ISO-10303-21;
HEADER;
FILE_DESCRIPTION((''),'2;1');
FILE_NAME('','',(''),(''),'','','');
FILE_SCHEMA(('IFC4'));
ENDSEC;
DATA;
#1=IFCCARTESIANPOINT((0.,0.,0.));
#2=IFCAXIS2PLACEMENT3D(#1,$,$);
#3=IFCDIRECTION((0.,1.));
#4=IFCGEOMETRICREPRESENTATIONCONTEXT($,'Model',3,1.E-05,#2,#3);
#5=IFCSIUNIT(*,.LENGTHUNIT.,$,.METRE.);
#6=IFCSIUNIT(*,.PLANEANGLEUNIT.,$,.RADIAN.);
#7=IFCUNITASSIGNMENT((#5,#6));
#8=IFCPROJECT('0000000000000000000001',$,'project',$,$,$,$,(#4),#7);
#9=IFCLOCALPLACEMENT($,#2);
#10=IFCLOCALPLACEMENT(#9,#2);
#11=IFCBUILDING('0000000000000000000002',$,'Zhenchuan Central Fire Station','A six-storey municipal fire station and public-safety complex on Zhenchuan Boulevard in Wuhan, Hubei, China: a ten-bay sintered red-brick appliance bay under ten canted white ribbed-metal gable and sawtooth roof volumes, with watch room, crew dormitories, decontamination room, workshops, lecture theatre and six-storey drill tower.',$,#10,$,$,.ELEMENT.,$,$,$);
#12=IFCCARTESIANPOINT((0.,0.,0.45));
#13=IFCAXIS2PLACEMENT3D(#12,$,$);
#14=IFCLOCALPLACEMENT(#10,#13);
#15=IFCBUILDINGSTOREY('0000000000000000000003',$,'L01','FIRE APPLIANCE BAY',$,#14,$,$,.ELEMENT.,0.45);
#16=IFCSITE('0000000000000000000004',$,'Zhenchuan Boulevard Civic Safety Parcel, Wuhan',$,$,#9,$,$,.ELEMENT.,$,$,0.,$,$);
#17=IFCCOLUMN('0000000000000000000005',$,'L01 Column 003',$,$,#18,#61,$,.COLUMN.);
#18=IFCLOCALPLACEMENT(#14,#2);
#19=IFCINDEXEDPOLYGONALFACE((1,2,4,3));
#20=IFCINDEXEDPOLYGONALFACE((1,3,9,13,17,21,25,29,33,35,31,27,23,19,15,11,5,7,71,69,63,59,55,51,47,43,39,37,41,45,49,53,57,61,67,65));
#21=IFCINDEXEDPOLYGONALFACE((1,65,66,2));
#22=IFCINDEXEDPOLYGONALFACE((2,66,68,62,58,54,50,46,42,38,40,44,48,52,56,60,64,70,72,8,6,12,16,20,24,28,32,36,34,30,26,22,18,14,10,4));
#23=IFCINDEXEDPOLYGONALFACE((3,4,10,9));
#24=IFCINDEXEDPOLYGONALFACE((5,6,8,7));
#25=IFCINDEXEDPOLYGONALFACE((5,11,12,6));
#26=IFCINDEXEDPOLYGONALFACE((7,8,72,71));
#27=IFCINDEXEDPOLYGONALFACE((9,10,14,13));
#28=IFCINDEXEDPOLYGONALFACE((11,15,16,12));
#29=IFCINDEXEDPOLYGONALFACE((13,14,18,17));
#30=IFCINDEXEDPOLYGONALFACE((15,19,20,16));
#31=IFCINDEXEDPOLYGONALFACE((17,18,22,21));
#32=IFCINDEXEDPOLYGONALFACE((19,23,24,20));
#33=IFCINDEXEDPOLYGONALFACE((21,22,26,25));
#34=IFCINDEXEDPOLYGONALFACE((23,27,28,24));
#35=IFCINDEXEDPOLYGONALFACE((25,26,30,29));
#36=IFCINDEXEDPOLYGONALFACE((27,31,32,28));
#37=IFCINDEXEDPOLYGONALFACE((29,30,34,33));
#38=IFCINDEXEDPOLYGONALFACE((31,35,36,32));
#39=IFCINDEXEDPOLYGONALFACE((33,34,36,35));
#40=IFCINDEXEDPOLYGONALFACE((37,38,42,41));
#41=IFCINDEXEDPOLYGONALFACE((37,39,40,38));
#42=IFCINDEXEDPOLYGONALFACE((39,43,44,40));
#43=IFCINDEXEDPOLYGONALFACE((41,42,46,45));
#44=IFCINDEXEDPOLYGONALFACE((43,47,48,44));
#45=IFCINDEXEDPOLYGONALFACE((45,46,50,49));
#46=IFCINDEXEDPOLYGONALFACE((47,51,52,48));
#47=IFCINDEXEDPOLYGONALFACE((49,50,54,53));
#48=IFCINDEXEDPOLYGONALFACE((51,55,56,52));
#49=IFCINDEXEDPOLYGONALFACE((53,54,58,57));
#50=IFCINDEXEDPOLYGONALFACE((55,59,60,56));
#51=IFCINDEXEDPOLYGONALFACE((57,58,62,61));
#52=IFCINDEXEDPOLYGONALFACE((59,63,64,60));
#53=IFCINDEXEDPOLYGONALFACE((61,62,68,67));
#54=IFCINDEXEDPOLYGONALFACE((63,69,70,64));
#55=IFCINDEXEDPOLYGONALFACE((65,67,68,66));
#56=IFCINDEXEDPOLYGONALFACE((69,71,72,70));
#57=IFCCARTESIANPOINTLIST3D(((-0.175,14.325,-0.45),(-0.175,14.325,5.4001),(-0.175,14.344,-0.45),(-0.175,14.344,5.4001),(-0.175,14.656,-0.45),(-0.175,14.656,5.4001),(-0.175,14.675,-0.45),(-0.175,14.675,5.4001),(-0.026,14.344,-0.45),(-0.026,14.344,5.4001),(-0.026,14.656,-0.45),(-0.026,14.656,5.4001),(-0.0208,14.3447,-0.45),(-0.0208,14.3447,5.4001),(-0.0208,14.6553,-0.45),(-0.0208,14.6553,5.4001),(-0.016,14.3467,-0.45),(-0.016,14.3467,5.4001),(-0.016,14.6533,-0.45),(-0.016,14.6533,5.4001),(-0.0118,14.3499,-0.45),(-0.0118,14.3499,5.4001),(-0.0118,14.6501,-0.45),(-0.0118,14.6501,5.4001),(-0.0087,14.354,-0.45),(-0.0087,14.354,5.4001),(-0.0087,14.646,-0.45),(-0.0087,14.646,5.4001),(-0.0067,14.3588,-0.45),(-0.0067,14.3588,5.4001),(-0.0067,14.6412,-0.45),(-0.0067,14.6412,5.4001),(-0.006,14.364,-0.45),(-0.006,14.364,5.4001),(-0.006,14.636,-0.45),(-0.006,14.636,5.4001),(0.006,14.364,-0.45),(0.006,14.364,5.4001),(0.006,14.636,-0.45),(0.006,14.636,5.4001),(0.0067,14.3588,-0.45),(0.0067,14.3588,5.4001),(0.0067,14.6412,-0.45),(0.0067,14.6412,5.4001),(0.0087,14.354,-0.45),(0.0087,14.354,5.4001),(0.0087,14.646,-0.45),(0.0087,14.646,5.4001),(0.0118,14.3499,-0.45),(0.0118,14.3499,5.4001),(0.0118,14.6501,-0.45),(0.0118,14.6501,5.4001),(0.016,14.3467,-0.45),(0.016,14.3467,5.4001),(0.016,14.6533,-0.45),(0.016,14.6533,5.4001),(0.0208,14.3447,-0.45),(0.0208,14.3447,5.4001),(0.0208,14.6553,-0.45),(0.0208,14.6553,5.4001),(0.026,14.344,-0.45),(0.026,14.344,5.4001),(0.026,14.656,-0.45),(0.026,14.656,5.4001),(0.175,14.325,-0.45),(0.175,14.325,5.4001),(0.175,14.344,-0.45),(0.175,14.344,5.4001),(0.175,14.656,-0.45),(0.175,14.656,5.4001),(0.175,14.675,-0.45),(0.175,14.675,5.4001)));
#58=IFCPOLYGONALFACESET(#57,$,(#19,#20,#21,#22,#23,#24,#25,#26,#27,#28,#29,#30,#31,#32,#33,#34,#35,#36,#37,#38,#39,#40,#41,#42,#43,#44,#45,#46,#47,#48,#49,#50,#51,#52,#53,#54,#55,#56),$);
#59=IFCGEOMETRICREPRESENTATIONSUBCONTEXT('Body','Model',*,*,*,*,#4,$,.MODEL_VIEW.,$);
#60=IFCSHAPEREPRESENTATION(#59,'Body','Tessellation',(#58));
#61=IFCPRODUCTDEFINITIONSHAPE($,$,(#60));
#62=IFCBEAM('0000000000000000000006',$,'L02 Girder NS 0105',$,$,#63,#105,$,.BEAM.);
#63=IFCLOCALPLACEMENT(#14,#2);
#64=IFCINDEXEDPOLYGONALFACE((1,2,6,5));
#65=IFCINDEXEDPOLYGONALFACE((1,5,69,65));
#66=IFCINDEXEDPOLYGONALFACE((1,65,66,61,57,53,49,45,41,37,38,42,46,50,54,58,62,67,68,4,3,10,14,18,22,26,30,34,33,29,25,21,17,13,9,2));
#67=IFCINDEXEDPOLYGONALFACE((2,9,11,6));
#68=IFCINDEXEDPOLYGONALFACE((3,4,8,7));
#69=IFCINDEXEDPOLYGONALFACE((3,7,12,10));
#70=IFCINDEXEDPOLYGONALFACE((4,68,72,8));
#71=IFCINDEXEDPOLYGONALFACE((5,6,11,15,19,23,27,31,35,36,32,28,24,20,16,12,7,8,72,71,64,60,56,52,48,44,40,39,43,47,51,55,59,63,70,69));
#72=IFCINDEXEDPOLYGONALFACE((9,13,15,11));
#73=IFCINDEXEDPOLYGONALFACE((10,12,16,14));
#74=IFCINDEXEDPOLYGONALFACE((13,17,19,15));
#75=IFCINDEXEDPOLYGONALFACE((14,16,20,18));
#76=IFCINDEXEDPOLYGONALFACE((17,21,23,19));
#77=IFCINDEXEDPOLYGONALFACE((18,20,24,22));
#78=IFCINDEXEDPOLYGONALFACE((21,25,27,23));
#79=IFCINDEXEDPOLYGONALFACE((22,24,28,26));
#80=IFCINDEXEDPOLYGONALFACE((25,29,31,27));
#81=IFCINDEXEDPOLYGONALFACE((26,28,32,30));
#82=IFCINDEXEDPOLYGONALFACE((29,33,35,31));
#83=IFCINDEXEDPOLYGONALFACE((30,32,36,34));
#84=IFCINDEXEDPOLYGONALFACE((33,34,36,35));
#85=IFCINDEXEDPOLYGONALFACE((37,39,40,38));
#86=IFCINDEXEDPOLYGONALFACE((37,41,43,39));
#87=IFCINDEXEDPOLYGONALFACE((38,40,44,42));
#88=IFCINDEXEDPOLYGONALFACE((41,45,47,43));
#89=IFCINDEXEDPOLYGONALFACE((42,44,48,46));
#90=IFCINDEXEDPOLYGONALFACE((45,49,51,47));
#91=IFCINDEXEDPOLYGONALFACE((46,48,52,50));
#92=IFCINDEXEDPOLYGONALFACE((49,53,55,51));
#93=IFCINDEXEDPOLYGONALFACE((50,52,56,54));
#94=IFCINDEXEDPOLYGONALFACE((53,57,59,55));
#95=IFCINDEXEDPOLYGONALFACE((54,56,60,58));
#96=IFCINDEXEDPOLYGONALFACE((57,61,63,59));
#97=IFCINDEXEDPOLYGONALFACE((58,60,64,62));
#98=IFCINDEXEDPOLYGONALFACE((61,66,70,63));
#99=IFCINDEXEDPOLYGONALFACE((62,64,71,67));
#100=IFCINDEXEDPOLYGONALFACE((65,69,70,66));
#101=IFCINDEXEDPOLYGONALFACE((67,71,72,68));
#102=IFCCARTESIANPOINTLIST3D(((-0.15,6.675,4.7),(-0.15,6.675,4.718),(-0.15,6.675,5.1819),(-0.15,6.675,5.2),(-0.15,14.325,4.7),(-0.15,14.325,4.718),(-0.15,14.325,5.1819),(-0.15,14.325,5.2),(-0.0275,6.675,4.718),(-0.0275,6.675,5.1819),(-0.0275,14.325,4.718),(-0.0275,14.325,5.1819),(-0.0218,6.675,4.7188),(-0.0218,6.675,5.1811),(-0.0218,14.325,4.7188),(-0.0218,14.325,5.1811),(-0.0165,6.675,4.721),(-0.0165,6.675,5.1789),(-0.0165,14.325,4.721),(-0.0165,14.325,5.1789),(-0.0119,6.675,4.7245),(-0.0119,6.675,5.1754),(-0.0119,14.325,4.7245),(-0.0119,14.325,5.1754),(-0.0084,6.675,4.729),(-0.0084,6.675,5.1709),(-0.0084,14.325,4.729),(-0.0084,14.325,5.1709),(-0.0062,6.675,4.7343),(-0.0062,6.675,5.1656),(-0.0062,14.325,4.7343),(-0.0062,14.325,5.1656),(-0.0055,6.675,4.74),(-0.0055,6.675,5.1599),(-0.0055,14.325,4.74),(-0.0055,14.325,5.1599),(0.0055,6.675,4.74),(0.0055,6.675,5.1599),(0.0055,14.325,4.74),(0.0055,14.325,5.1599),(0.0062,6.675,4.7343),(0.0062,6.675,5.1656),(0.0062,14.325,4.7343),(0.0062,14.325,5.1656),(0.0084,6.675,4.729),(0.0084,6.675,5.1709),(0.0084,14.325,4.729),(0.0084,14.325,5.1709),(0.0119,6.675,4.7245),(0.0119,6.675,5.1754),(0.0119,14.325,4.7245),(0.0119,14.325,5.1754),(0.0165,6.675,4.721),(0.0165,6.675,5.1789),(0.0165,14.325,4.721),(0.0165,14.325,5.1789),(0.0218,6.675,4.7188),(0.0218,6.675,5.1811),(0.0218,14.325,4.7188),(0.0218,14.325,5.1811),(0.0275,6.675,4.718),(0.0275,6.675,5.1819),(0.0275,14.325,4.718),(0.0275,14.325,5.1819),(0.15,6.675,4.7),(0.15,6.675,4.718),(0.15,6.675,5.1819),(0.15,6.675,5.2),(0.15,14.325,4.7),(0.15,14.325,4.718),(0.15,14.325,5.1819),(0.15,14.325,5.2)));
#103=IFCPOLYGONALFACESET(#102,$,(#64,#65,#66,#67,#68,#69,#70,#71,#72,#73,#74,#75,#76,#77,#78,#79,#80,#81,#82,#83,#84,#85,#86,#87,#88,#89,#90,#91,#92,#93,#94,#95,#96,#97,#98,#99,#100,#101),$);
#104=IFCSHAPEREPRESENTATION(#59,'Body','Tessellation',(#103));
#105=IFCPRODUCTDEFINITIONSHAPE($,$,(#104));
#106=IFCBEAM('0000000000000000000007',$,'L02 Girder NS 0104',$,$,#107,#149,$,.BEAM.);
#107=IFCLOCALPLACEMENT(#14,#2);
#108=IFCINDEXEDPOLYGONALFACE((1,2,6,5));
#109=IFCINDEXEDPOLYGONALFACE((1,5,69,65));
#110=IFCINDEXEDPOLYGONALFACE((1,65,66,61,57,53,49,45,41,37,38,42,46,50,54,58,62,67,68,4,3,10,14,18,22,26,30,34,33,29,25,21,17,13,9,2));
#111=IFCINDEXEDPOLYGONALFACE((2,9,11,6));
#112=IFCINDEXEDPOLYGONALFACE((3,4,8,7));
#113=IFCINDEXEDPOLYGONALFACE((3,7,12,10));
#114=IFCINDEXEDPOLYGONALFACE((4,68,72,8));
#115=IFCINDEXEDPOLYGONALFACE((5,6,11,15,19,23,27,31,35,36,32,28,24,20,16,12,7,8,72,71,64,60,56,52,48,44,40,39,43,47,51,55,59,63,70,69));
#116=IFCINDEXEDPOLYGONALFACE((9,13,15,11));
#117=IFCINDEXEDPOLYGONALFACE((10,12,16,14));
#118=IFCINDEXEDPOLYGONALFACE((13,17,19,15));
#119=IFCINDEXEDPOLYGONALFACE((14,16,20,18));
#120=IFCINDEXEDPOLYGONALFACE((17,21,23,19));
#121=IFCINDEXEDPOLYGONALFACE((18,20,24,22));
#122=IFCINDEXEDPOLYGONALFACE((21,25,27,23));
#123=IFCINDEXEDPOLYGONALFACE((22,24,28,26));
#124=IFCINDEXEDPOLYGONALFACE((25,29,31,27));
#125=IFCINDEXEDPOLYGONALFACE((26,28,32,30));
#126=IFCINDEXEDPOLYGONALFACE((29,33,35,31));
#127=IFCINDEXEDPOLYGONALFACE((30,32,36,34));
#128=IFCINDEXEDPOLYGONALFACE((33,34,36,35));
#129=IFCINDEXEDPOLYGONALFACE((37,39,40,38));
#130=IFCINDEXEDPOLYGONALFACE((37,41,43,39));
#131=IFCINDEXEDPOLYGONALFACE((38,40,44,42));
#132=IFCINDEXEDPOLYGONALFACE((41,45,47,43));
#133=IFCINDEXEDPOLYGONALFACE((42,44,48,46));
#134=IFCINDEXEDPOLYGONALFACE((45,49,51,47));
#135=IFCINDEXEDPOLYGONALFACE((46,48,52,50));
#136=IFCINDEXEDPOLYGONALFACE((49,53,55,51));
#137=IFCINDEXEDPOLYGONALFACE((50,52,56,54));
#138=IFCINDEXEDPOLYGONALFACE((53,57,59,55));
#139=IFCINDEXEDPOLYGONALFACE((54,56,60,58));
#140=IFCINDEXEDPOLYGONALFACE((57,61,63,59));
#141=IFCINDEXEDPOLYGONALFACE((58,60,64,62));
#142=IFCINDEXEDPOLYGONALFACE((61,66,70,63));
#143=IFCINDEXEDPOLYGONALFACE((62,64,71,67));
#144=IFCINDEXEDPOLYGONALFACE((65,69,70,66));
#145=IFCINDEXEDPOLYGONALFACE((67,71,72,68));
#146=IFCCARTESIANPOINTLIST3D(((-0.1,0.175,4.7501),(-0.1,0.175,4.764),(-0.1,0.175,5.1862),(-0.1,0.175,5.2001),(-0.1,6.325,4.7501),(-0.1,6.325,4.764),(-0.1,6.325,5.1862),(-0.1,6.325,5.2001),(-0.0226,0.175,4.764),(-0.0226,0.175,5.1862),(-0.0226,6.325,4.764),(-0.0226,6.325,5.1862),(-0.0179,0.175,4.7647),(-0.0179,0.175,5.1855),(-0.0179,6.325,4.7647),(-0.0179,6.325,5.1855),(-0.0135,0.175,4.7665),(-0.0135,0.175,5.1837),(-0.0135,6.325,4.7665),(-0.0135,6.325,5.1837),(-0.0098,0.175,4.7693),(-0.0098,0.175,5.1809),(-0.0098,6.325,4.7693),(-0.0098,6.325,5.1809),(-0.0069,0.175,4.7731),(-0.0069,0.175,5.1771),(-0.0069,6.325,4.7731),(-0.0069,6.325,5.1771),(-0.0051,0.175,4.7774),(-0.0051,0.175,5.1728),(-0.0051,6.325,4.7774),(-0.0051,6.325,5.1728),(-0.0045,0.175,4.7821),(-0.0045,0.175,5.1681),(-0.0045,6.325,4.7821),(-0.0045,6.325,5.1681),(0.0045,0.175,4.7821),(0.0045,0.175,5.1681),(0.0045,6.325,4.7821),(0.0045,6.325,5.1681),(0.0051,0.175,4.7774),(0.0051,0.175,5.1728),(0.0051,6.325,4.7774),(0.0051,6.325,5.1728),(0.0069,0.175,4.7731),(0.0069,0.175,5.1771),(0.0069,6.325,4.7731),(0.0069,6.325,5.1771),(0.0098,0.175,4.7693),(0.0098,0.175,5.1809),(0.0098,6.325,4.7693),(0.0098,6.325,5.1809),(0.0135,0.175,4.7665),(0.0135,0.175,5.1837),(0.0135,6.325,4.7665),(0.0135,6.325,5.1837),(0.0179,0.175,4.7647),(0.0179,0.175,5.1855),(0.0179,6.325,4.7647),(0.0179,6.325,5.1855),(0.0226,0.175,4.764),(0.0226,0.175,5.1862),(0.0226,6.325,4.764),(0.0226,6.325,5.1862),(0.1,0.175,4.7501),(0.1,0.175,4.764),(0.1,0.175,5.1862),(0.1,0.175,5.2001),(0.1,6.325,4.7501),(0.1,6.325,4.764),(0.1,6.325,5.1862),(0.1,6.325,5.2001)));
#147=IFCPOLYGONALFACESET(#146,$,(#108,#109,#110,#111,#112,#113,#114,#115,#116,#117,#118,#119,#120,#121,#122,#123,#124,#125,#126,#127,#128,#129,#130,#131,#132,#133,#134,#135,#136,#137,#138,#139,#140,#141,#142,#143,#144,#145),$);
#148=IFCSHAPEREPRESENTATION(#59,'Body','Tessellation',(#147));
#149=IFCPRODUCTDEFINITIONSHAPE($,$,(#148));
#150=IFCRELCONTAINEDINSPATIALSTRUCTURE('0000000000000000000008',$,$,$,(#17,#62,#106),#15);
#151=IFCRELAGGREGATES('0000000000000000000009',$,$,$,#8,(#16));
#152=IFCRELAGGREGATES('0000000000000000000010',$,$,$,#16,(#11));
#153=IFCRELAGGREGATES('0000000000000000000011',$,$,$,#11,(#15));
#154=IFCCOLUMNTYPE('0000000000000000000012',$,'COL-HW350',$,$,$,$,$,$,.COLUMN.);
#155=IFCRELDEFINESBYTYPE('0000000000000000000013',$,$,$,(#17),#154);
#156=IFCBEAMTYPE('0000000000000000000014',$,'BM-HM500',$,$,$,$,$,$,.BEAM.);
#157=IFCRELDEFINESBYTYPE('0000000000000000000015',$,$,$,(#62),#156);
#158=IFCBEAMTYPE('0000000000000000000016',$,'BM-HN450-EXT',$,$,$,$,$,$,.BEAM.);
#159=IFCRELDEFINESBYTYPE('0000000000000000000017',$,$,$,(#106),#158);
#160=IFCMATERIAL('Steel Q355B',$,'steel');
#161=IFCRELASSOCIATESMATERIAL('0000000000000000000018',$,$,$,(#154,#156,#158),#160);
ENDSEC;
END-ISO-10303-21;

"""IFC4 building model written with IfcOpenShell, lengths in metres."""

from ifc_helpers import new_model, si_unit, direction, frame, origin, origin_2d, place, context, subcontext, project, spatial, i_section, extrude, material, material_profile, profile_set, type_object, element, save


model = new_model("IFC4")

# Units and contexts
model_context = context("Model", 3, precision=1e-05, world=origin(), true_north=direction((0.0, 1.0)))
body_context = subcontext(model_context, "Body", "Model", "MODEL_VIEW")
ifc_project = project(units=[si_unit("LENGTHUNIT", "METRE"), si_unit("PLANEANGLEUNIT", "RADIAN")], contexts=[model_context])

# Site, building, storey
site_placement = place(None, origin())
site = spatial("IfcSite", under=ifc_project, at=site_placement, Name="Zhenchuan Boulevard Civic Safety Parcel, Wuhan", CompositionType="ELEMENT", RefElevation=0.0)
building_placement = place(site_placement, origin())
building = spatial("IfcBuilding", under=site, at=building_placement, Name="Zhenchuan Central Fire Station", Description="A six-storey municipal fire station and public-safety complex on Zhenchuan Boulevard in Wuhan, Hubei, China: a ten-bay sintered red-brick appliance bay under ten canted white ribbed-metal gable and sawtooth roof volumes, with watch room, crew dormitories, decontamination room, workshops, lecture theatre and six-storey drill tower.", CompositionType="ELEMENT")
storey_placement = place(building_placement, frame((0.0, 0.0, 0.45)))
storey = spatial("IfcBuildingStorey", under=building, at=storey_placement, Name="L01", Description="FIRE APPLIANCE BAY", CompositionType="ELEMENT", Elevation=0.45)

# Column
ifc_material_1 = material(Name="Steel Q355B", Category="steel")
ifc_material_profile_1 = material_profile(ifc_material_1, i_section(OverallWidth=0.3501, OverallDepth=0.3501, WebThickness=0.012, FlangeThickness=0.019, FilletRadius=0.02, at=origin_2d()), Name="HW 350x350")
ifc_profile_set_1 = profile_set([ifc_material_profile_1], Name="Steel Q355B")
column_type = type_object("IfcColumnType", Name="COL-HW350", PredefinedType="COLUMN", material=ifc_profile_set_1)
for number, where, z_axis, x_axis, name in (
    (1, (0.0, 14.5, -0.45), (0.0, 0.0, 1.0), (1.0, 0.0, 0.0), "L01 Column 003"),
):
    element("IfcColumn", number, at=place(storey_placement, frame(where, z_axis=z_axis, x_axis=x_axis)), inside=storey, type_object=column_type, Name=name, PredefinedType="COLUMN", context=body_context, shape_type="SweptSolid", body=[
        extrude(i_section(OverallWidth=0.3501, OverallDepth=0.3501, WebThickness=0.012, FlangeThickness=0.019, FilletRadius=0.02, at=origin_2d()), origin(), (0.0, 0.0, 1.0), 5.8501),
    ])

# Beams
ifc_material_profile_2 = material_profile(ifc_material_1, i_section(OverallWidth=0.3, OverallDepth=0.5, WebThickness=0.011, FlangeThickness=0.0181, FilletRadius=0.022, at=origin_2d()), Name="HM 500x300")
ifc_profile_set_2 = profile_set([ifc_material_profile_2], Name="Steel Q355B")
beam_type_1 = type_object("IfcBeamType", Name="BM-HM500", PredefinedType="BEAM", material=ifc_profile_set_2)
beam_1_placement = place(storey_placement, frame((0.0, 6.675, 4.95), z_axis=(0.0, 1.0, 0.0), x_axis=(-1.0, 0.0, 0.0)))
element("IfcBeam", 2, at=beam_1_placement, inside=storey, type_object=beam_type_1, Name="L02 Girder NS 0105", PredefinedType="BEAM", context=body_context, shape_type="SweptSolid", body=[
    extrude(i_section(OverallWidth=0.3, OverallDepth=0.5, WebThickness=0.011, FlangeThickness=0.0181, FilletRadius=0.022, at=origin_2d()), origin(), (0.0, 0.0, 1.0), 7.6499),
])
ifc_material_profile_3 = material_profile(ifc_material_1, i_section(OverallWidth=0.2, OverallDepth=0.45, WebThickness=0.009, FlangeThickness=0.0139, FilletRadius=0.0181, at=origin_2d()), Name="HN 450x200")
ifc_profile_set_3 = profile_set([ifc_material_profile_3], Name="Steel Q355B")
beam_type_2 = type_object("IfcBeamType", Name="BM-HN450-EXT", PredefinedType="BEAM", material=ifc_profile_set_3)
beam_2_placement = place(storey_placement, frame((0.0, 0.175, 4.9751), z_axis=(0.0, 1.0, 0.0), x_axis=(-1.0, 0.0, 0.0)))
element("IfcBeam", 3, at=beam_2_placement, inside=storey, type_object=beam_type_2, Name="L02 Girder NS 0104", PredefinedType="BEAM", context=body_context, shape_type="SweptSolid", body=[
    extrude(i_section(OverallWidth=0.2, OverallDepth=0.45, WebThickness=0.009, FlangeThickness=0.0139, FilletRadius=0.0181, at=origin_2d()), origin(), (0.0, 0.0, 1.0), 6.1499),
])

save(model, "model.ifc")
